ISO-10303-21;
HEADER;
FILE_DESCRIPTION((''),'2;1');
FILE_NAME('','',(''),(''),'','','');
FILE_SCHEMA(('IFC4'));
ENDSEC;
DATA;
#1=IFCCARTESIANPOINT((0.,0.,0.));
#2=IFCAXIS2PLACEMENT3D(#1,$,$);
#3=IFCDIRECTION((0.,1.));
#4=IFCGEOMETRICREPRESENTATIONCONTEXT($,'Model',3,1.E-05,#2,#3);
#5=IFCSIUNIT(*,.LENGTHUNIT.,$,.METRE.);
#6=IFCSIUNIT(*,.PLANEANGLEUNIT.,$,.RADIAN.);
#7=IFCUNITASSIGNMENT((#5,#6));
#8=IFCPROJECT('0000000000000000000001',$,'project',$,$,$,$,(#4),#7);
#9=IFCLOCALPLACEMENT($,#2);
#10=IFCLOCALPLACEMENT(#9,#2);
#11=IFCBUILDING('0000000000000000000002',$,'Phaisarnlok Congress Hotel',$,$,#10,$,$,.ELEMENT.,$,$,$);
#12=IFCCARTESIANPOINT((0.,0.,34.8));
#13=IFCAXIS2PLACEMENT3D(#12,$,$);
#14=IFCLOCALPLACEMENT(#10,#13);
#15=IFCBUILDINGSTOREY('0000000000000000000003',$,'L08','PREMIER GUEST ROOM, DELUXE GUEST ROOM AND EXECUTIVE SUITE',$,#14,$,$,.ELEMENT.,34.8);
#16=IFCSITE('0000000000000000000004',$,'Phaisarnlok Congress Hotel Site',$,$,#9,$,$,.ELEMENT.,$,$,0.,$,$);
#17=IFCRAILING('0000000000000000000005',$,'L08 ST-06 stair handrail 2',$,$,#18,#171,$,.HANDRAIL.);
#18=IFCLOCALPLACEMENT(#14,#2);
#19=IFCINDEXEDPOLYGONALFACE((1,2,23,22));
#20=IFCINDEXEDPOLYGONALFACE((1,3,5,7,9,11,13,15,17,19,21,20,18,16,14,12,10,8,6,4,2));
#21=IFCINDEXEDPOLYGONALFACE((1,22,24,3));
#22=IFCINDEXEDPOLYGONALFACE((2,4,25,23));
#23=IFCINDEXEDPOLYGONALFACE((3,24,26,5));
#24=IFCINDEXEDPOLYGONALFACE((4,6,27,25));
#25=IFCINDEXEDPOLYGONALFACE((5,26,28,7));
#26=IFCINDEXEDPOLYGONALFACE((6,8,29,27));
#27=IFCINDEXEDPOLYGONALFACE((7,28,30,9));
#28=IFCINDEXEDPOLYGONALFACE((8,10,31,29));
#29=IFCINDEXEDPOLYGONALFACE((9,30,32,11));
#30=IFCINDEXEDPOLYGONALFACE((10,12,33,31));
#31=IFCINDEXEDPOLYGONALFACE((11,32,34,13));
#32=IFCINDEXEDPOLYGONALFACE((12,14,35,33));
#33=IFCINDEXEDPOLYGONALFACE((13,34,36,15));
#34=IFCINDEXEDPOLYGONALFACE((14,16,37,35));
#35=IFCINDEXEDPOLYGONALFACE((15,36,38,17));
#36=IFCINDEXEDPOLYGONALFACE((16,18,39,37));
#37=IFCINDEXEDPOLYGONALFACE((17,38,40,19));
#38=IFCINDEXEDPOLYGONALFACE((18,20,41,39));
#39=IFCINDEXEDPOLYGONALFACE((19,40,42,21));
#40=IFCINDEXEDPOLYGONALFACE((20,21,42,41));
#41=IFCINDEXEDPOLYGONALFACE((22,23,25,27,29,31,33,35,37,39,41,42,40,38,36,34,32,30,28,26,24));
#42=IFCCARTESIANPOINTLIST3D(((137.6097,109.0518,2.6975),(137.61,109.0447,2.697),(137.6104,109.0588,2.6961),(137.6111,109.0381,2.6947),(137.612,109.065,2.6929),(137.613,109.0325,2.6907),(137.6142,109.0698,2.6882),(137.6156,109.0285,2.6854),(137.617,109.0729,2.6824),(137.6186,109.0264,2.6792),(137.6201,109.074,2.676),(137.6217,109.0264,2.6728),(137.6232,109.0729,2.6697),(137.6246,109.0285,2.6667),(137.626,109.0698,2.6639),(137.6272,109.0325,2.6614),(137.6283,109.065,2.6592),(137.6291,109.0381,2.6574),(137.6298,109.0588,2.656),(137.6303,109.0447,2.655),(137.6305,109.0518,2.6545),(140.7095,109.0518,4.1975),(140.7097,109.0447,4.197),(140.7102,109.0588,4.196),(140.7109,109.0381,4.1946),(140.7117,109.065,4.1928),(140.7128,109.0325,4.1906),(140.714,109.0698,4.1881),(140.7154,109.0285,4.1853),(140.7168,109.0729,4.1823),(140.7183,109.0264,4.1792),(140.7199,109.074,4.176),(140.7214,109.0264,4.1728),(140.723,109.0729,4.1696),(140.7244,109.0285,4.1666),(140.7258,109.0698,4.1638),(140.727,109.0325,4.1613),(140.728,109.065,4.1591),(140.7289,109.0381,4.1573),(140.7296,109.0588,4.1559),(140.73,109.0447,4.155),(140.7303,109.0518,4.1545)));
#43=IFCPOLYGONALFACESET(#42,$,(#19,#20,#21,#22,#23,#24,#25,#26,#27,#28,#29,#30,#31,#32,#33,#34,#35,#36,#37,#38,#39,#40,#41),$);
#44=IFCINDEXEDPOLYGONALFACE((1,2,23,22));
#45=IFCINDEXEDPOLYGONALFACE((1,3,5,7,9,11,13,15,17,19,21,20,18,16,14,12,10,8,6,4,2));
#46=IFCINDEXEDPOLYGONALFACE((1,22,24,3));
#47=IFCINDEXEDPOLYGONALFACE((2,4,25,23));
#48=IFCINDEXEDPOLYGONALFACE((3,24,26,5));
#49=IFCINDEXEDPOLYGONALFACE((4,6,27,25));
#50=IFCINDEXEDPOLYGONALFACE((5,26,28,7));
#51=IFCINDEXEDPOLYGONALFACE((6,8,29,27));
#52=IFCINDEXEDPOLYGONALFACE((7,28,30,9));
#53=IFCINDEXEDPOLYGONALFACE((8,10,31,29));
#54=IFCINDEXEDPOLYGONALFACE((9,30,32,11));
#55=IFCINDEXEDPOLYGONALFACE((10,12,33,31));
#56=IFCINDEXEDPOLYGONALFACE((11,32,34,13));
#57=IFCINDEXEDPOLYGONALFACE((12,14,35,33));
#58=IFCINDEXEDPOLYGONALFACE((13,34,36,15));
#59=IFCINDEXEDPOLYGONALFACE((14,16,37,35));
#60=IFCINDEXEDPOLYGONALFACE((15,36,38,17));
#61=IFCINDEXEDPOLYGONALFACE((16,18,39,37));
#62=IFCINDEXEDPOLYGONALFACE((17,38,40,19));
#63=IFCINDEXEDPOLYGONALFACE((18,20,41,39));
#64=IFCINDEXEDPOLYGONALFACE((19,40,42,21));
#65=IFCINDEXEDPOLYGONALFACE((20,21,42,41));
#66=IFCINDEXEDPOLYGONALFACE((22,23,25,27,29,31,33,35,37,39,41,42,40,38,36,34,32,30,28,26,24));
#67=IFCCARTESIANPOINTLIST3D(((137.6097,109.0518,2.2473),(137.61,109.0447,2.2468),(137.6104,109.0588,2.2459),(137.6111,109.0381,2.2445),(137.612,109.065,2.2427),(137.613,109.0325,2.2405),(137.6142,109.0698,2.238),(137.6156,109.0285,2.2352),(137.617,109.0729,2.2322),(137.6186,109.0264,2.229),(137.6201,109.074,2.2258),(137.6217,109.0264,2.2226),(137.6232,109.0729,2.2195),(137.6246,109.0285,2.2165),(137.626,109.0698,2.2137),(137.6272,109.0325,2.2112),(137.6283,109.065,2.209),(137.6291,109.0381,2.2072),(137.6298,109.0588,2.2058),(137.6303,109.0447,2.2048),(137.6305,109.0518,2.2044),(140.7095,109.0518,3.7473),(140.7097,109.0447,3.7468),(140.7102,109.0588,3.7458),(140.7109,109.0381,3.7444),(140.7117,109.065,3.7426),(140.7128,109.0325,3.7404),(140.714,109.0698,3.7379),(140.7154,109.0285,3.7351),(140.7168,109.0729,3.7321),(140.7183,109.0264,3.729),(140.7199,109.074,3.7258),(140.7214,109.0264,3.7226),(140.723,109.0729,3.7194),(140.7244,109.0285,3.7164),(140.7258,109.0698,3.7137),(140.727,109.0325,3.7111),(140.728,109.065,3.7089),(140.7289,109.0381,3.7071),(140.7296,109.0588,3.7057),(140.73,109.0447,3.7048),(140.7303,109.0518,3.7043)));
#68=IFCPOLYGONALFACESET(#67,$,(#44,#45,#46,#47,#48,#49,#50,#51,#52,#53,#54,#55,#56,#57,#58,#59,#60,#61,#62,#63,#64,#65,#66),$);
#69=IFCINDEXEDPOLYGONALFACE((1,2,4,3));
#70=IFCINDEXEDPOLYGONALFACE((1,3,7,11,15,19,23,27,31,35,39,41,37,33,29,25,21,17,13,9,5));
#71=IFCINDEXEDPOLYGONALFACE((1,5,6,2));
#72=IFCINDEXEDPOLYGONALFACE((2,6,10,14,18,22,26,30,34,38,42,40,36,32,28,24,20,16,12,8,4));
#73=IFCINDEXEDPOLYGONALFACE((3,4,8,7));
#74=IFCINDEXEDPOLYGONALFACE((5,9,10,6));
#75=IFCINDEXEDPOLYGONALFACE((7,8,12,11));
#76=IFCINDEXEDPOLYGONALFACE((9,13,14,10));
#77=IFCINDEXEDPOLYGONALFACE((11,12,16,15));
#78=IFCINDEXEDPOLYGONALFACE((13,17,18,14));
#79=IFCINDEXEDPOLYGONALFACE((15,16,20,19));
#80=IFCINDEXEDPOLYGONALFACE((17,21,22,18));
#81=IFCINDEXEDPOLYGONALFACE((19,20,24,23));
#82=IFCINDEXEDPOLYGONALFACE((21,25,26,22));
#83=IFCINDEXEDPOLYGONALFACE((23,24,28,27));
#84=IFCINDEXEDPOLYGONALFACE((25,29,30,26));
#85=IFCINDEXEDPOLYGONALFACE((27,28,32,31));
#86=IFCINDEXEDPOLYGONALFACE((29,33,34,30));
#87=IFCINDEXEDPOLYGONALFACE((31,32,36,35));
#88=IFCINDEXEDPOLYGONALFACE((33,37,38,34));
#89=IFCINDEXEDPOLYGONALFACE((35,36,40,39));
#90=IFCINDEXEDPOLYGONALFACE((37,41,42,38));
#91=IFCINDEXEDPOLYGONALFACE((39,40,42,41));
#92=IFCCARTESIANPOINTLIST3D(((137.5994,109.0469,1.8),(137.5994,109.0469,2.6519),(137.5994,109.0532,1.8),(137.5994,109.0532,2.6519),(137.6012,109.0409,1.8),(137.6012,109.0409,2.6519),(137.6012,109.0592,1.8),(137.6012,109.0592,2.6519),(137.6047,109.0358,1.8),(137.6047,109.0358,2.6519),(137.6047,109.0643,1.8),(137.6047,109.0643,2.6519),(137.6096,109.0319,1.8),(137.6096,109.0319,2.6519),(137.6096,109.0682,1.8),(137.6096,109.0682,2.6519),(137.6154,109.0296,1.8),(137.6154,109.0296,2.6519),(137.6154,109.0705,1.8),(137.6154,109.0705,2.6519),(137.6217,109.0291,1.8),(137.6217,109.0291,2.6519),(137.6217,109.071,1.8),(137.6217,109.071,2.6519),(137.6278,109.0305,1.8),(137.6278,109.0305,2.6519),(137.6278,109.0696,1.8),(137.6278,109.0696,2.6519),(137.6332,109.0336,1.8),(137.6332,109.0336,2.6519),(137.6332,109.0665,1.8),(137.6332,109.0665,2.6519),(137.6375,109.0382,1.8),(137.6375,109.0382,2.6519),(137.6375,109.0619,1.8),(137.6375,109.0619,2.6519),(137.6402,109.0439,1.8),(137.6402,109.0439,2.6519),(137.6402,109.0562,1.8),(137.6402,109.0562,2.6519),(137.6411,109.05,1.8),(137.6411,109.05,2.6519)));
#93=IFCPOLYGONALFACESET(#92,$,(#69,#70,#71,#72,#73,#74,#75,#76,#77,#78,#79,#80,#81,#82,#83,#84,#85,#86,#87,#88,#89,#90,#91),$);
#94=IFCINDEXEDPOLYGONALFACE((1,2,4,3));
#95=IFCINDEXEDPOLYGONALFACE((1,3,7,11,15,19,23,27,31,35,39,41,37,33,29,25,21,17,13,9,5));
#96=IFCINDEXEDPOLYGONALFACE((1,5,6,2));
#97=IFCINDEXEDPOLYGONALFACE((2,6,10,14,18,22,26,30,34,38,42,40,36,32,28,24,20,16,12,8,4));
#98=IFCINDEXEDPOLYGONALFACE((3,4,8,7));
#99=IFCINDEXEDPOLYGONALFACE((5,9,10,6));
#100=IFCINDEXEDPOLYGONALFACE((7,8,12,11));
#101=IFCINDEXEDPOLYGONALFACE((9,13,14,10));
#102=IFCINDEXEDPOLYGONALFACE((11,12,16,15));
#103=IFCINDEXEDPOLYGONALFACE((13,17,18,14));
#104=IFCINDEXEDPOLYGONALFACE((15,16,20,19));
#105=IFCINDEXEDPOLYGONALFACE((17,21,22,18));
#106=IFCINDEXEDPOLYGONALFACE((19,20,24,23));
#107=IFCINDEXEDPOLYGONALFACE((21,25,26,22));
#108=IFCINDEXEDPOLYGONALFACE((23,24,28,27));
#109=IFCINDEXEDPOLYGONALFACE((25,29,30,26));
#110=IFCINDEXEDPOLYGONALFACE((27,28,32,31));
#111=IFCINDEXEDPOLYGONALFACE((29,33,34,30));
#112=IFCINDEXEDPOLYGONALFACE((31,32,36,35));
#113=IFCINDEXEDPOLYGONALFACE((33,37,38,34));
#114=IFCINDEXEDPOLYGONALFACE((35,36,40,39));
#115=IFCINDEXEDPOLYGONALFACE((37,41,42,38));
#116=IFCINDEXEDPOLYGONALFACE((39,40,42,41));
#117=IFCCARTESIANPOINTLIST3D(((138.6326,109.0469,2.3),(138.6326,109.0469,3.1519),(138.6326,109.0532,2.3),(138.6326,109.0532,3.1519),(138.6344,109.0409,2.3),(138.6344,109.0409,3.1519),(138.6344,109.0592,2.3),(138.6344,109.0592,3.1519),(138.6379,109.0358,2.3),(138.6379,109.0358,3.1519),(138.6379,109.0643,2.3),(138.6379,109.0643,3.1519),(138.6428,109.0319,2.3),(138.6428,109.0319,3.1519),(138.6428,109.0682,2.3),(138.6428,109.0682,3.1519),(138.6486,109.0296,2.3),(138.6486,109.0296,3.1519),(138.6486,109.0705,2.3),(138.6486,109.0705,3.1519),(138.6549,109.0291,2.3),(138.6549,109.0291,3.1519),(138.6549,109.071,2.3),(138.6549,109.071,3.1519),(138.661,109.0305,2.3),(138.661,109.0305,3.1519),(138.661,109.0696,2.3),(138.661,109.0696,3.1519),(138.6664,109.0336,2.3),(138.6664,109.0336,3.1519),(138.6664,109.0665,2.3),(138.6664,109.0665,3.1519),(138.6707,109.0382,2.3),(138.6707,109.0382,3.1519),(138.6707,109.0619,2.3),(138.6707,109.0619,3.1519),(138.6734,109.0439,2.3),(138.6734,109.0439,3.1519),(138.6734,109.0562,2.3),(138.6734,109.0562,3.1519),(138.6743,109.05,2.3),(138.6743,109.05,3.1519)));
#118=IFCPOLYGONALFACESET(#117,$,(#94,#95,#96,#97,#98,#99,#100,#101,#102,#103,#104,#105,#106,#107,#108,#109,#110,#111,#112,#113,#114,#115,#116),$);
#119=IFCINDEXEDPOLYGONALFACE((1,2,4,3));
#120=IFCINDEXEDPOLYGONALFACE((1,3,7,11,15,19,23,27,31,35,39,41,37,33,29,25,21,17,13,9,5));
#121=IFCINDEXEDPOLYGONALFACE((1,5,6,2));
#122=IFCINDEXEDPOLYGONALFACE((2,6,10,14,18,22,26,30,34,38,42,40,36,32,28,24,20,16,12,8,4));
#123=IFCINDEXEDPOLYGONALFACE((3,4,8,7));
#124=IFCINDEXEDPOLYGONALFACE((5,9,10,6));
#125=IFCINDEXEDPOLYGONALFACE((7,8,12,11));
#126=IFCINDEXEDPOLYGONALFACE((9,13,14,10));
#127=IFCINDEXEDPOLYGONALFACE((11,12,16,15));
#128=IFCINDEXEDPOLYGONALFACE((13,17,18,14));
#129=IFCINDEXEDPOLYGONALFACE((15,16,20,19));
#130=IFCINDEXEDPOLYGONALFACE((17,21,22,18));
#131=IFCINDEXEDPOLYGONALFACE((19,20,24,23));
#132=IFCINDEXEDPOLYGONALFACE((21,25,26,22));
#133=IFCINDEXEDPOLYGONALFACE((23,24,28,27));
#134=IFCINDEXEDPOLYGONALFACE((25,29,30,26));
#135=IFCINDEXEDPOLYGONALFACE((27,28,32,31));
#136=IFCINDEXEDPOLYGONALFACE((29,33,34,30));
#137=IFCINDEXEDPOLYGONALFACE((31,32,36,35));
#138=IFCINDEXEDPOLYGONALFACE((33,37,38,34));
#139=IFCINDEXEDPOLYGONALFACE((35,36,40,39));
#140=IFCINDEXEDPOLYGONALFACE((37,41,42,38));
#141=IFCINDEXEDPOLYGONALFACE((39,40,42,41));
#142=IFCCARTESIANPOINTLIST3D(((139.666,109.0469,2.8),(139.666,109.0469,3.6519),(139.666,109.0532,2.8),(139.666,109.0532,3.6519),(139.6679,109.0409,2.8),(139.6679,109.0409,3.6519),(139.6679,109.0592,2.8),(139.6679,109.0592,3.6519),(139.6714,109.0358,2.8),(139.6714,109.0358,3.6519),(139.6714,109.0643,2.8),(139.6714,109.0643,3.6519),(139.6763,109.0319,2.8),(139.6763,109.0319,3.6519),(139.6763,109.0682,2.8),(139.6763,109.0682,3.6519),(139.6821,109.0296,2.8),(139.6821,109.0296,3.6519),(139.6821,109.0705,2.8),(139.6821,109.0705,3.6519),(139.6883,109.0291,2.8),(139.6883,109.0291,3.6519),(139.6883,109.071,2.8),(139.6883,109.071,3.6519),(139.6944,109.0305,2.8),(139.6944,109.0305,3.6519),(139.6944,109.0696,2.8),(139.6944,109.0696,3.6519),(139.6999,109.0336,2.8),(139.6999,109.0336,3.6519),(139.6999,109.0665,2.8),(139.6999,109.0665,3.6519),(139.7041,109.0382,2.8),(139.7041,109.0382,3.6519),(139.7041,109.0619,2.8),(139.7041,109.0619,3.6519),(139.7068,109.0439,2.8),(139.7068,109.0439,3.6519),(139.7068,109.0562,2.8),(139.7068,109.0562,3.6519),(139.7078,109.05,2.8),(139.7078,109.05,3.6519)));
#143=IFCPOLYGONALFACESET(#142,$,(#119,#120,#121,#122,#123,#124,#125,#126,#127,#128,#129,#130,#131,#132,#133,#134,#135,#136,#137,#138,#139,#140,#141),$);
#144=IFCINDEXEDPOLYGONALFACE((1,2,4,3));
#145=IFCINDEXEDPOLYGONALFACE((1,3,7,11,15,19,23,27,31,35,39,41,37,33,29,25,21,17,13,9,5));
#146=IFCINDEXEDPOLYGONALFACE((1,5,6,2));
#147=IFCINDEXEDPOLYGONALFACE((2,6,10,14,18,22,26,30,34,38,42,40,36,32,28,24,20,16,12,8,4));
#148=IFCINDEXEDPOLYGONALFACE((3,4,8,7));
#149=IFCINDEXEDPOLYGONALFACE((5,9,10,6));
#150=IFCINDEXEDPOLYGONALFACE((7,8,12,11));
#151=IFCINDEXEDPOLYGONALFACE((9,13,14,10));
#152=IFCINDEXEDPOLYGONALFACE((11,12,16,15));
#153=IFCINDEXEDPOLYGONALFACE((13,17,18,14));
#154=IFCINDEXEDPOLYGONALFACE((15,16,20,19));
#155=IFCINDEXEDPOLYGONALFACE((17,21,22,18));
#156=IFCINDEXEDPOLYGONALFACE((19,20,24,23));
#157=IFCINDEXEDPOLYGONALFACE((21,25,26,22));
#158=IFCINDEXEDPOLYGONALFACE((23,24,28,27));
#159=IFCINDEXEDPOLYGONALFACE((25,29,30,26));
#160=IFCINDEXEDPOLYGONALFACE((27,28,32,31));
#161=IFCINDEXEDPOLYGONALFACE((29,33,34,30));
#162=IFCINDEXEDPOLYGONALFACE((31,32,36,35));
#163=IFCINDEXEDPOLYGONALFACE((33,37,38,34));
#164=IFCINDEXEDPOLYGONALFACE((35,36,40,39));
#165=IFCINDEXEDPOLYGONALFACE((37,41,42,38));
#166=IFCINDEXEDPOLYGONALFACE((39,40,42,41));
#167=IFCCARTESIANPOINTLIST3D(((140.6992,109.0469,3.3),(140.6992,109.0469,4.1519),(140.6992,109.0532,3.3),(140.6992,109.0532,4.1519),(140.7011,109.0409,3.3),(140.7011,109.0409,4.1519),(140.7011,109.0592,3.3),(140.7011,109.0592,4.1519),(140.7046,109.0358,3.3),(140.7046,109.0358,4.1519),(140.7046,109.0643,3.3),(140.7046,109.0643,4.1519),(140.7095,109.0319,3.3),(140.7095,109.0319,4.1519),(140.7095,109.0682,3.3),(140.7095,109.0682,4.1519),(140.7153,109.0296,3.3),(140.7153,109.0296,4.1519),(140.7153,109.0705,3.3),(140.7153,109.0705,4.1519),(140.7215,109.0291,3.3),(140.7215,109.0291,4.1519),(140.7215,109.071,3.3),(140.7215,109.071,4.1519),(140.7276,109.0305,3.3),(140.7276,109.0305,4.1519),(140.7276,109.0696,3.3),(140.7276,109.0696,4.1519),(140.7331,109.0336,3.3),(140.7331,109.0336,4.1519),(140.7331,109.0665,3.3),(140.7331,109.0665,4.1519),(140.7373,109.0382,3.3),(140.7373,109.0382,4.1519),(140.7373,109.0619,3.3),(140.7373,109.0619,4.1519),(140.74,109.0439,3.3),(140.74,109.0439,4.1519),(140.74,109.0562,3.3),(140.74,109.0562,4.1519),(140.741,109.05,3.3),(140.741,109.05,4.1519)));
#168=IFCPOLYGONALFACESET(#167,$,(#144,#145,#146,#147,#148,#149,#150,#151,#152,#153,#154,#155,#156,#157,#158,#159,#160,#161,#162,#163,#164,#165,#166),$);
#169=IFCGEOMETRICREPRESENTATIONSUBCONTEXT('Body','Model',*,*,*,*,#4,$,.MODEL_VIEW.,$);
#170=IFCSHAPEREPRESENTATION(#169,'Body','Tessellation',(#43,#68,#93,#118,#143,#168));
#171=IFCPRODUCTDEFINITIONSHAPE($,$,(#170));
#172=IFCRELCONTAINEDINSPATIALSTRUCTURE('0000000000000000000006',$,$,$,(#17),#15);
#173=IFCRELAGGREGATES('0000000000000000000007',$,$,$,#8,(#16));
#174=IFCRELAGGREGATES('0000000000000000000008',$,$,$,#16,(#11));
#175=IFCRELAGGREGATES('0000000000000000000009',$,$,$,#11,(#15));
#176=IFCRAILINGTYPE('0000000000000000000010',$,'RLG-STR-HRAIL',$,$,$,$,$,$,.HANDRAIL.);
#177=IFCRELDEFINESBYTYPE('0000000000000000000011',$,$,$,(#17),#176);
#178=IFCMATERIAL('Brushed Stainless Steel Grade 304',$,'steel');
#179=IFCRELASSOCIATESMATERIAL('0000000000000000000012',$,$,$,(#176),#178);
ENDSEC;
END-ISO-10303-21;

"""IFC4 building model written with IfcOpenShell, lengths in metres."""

from ifc_helpers import new_model, si_unit, direction, frame, origin, origin_2d, place, context, subcontext, project, spatial, circle, extrude, material, type_object, element, save


model = new_model("IFC4")

# Units and contexts
model_context = context("Model", 3, precision=1e-05, world=origin(), true_north=direction((0.0, 1.0)))
body_context = subcontext(model_context, "Body", "Model", "MODEL_VIEW")
ifc_project = project(units=[si_unit("LENGTHUNIT", "METRE"), si_unit("PLANEANGLEUNIT", "RADIAN")], contexts=[model_context])

# Site, building, storey
site_placement = place(None, origin())
site = spatial("IfcSite", under=ifc_project, at=site_placement, Name="Phaisarnlok Congress Hotel Site", CompositionType="ELEMENT", RefElevation=0.0)
building_placement = place(site_placement, origin())
building = spatial("IfcBuilding", under=site, at=building_placement, Name="Phaisarnlok Congress Hotel", CompositionType="ELEMENT")
storey_placement = place(building_placement, frame((0.0, 0.0, 34.8)))
storey = spatial("IfcBuildingStorey", under=building, at=storey_placement, Name="L08", Description="PREMIER GUEST ROOM, DELUXE GUEST ROOM AND EXECUTIVE SUITE", CompositionType="ELEMENT", Elevation=34.8)

# Railing
ifc_material_1 = material(Name="Brushed Stainless Steel Grade 304", Category="steel")
railing_type_1 = type_object("IfcRailingType", Name="RLG-STR-HRAIL", PredefinedType="HANDRAIL", material=ifc_material_1)
railing_1_placement = place(storey_placement, frame((137.6201, 109.05, 1.8)))
element("IfcRailing", 1, at=railing_1_placement, inside=storey, type_object=railing_type_1, Name="L08 ST-06 stair handrail 2", PredefinedType="HANDRAIL", context=body_context, shape_type="SweptSolid", body=[
    extrude(circle(Radius=0.0239, at=origin_2d()), frame((0.0, 0.0, 0.876), z_axis=(0.900151, 0.0, 0.435578), x_axis=(0.0, 1.0, 0.0)), (0.0, 0.0, 1.0), 3.4436),
    extrude(circle(Radius=0.0239, at=origin_2d()), frame((0.0, 0.0, 0.4258), z_axis=(0.900151, 0.0, 0.435578), x_axis=(0.0, 1.0, 0.0)), (0.0, 0.0, 1.0), 3.4436),
    extrude(circle(Radius=0.021, at=origin_2d()), origin(), (0.0, 0.0, 1.0), 0.8518),
    extrude(circle(Radius=0.021, at=origin_2d()), frame((1.0332, 0.0, 0.5)), (0.0, 0.0, 1.0), 0.8518),
    extrude(circle(Radius=0.021, at=origin_2d()), frame((2.0667, 0.0, 1.0)), (0.0, 0.0, 1.0), 0.8518),
    extrude(circle(Radius=0.021, at=origin_2d()), frame((3.0999, 0.0, 1.5)), (0.0, 0.0, 1.0), 0.8518),
])

save(model, "model.ifc")
